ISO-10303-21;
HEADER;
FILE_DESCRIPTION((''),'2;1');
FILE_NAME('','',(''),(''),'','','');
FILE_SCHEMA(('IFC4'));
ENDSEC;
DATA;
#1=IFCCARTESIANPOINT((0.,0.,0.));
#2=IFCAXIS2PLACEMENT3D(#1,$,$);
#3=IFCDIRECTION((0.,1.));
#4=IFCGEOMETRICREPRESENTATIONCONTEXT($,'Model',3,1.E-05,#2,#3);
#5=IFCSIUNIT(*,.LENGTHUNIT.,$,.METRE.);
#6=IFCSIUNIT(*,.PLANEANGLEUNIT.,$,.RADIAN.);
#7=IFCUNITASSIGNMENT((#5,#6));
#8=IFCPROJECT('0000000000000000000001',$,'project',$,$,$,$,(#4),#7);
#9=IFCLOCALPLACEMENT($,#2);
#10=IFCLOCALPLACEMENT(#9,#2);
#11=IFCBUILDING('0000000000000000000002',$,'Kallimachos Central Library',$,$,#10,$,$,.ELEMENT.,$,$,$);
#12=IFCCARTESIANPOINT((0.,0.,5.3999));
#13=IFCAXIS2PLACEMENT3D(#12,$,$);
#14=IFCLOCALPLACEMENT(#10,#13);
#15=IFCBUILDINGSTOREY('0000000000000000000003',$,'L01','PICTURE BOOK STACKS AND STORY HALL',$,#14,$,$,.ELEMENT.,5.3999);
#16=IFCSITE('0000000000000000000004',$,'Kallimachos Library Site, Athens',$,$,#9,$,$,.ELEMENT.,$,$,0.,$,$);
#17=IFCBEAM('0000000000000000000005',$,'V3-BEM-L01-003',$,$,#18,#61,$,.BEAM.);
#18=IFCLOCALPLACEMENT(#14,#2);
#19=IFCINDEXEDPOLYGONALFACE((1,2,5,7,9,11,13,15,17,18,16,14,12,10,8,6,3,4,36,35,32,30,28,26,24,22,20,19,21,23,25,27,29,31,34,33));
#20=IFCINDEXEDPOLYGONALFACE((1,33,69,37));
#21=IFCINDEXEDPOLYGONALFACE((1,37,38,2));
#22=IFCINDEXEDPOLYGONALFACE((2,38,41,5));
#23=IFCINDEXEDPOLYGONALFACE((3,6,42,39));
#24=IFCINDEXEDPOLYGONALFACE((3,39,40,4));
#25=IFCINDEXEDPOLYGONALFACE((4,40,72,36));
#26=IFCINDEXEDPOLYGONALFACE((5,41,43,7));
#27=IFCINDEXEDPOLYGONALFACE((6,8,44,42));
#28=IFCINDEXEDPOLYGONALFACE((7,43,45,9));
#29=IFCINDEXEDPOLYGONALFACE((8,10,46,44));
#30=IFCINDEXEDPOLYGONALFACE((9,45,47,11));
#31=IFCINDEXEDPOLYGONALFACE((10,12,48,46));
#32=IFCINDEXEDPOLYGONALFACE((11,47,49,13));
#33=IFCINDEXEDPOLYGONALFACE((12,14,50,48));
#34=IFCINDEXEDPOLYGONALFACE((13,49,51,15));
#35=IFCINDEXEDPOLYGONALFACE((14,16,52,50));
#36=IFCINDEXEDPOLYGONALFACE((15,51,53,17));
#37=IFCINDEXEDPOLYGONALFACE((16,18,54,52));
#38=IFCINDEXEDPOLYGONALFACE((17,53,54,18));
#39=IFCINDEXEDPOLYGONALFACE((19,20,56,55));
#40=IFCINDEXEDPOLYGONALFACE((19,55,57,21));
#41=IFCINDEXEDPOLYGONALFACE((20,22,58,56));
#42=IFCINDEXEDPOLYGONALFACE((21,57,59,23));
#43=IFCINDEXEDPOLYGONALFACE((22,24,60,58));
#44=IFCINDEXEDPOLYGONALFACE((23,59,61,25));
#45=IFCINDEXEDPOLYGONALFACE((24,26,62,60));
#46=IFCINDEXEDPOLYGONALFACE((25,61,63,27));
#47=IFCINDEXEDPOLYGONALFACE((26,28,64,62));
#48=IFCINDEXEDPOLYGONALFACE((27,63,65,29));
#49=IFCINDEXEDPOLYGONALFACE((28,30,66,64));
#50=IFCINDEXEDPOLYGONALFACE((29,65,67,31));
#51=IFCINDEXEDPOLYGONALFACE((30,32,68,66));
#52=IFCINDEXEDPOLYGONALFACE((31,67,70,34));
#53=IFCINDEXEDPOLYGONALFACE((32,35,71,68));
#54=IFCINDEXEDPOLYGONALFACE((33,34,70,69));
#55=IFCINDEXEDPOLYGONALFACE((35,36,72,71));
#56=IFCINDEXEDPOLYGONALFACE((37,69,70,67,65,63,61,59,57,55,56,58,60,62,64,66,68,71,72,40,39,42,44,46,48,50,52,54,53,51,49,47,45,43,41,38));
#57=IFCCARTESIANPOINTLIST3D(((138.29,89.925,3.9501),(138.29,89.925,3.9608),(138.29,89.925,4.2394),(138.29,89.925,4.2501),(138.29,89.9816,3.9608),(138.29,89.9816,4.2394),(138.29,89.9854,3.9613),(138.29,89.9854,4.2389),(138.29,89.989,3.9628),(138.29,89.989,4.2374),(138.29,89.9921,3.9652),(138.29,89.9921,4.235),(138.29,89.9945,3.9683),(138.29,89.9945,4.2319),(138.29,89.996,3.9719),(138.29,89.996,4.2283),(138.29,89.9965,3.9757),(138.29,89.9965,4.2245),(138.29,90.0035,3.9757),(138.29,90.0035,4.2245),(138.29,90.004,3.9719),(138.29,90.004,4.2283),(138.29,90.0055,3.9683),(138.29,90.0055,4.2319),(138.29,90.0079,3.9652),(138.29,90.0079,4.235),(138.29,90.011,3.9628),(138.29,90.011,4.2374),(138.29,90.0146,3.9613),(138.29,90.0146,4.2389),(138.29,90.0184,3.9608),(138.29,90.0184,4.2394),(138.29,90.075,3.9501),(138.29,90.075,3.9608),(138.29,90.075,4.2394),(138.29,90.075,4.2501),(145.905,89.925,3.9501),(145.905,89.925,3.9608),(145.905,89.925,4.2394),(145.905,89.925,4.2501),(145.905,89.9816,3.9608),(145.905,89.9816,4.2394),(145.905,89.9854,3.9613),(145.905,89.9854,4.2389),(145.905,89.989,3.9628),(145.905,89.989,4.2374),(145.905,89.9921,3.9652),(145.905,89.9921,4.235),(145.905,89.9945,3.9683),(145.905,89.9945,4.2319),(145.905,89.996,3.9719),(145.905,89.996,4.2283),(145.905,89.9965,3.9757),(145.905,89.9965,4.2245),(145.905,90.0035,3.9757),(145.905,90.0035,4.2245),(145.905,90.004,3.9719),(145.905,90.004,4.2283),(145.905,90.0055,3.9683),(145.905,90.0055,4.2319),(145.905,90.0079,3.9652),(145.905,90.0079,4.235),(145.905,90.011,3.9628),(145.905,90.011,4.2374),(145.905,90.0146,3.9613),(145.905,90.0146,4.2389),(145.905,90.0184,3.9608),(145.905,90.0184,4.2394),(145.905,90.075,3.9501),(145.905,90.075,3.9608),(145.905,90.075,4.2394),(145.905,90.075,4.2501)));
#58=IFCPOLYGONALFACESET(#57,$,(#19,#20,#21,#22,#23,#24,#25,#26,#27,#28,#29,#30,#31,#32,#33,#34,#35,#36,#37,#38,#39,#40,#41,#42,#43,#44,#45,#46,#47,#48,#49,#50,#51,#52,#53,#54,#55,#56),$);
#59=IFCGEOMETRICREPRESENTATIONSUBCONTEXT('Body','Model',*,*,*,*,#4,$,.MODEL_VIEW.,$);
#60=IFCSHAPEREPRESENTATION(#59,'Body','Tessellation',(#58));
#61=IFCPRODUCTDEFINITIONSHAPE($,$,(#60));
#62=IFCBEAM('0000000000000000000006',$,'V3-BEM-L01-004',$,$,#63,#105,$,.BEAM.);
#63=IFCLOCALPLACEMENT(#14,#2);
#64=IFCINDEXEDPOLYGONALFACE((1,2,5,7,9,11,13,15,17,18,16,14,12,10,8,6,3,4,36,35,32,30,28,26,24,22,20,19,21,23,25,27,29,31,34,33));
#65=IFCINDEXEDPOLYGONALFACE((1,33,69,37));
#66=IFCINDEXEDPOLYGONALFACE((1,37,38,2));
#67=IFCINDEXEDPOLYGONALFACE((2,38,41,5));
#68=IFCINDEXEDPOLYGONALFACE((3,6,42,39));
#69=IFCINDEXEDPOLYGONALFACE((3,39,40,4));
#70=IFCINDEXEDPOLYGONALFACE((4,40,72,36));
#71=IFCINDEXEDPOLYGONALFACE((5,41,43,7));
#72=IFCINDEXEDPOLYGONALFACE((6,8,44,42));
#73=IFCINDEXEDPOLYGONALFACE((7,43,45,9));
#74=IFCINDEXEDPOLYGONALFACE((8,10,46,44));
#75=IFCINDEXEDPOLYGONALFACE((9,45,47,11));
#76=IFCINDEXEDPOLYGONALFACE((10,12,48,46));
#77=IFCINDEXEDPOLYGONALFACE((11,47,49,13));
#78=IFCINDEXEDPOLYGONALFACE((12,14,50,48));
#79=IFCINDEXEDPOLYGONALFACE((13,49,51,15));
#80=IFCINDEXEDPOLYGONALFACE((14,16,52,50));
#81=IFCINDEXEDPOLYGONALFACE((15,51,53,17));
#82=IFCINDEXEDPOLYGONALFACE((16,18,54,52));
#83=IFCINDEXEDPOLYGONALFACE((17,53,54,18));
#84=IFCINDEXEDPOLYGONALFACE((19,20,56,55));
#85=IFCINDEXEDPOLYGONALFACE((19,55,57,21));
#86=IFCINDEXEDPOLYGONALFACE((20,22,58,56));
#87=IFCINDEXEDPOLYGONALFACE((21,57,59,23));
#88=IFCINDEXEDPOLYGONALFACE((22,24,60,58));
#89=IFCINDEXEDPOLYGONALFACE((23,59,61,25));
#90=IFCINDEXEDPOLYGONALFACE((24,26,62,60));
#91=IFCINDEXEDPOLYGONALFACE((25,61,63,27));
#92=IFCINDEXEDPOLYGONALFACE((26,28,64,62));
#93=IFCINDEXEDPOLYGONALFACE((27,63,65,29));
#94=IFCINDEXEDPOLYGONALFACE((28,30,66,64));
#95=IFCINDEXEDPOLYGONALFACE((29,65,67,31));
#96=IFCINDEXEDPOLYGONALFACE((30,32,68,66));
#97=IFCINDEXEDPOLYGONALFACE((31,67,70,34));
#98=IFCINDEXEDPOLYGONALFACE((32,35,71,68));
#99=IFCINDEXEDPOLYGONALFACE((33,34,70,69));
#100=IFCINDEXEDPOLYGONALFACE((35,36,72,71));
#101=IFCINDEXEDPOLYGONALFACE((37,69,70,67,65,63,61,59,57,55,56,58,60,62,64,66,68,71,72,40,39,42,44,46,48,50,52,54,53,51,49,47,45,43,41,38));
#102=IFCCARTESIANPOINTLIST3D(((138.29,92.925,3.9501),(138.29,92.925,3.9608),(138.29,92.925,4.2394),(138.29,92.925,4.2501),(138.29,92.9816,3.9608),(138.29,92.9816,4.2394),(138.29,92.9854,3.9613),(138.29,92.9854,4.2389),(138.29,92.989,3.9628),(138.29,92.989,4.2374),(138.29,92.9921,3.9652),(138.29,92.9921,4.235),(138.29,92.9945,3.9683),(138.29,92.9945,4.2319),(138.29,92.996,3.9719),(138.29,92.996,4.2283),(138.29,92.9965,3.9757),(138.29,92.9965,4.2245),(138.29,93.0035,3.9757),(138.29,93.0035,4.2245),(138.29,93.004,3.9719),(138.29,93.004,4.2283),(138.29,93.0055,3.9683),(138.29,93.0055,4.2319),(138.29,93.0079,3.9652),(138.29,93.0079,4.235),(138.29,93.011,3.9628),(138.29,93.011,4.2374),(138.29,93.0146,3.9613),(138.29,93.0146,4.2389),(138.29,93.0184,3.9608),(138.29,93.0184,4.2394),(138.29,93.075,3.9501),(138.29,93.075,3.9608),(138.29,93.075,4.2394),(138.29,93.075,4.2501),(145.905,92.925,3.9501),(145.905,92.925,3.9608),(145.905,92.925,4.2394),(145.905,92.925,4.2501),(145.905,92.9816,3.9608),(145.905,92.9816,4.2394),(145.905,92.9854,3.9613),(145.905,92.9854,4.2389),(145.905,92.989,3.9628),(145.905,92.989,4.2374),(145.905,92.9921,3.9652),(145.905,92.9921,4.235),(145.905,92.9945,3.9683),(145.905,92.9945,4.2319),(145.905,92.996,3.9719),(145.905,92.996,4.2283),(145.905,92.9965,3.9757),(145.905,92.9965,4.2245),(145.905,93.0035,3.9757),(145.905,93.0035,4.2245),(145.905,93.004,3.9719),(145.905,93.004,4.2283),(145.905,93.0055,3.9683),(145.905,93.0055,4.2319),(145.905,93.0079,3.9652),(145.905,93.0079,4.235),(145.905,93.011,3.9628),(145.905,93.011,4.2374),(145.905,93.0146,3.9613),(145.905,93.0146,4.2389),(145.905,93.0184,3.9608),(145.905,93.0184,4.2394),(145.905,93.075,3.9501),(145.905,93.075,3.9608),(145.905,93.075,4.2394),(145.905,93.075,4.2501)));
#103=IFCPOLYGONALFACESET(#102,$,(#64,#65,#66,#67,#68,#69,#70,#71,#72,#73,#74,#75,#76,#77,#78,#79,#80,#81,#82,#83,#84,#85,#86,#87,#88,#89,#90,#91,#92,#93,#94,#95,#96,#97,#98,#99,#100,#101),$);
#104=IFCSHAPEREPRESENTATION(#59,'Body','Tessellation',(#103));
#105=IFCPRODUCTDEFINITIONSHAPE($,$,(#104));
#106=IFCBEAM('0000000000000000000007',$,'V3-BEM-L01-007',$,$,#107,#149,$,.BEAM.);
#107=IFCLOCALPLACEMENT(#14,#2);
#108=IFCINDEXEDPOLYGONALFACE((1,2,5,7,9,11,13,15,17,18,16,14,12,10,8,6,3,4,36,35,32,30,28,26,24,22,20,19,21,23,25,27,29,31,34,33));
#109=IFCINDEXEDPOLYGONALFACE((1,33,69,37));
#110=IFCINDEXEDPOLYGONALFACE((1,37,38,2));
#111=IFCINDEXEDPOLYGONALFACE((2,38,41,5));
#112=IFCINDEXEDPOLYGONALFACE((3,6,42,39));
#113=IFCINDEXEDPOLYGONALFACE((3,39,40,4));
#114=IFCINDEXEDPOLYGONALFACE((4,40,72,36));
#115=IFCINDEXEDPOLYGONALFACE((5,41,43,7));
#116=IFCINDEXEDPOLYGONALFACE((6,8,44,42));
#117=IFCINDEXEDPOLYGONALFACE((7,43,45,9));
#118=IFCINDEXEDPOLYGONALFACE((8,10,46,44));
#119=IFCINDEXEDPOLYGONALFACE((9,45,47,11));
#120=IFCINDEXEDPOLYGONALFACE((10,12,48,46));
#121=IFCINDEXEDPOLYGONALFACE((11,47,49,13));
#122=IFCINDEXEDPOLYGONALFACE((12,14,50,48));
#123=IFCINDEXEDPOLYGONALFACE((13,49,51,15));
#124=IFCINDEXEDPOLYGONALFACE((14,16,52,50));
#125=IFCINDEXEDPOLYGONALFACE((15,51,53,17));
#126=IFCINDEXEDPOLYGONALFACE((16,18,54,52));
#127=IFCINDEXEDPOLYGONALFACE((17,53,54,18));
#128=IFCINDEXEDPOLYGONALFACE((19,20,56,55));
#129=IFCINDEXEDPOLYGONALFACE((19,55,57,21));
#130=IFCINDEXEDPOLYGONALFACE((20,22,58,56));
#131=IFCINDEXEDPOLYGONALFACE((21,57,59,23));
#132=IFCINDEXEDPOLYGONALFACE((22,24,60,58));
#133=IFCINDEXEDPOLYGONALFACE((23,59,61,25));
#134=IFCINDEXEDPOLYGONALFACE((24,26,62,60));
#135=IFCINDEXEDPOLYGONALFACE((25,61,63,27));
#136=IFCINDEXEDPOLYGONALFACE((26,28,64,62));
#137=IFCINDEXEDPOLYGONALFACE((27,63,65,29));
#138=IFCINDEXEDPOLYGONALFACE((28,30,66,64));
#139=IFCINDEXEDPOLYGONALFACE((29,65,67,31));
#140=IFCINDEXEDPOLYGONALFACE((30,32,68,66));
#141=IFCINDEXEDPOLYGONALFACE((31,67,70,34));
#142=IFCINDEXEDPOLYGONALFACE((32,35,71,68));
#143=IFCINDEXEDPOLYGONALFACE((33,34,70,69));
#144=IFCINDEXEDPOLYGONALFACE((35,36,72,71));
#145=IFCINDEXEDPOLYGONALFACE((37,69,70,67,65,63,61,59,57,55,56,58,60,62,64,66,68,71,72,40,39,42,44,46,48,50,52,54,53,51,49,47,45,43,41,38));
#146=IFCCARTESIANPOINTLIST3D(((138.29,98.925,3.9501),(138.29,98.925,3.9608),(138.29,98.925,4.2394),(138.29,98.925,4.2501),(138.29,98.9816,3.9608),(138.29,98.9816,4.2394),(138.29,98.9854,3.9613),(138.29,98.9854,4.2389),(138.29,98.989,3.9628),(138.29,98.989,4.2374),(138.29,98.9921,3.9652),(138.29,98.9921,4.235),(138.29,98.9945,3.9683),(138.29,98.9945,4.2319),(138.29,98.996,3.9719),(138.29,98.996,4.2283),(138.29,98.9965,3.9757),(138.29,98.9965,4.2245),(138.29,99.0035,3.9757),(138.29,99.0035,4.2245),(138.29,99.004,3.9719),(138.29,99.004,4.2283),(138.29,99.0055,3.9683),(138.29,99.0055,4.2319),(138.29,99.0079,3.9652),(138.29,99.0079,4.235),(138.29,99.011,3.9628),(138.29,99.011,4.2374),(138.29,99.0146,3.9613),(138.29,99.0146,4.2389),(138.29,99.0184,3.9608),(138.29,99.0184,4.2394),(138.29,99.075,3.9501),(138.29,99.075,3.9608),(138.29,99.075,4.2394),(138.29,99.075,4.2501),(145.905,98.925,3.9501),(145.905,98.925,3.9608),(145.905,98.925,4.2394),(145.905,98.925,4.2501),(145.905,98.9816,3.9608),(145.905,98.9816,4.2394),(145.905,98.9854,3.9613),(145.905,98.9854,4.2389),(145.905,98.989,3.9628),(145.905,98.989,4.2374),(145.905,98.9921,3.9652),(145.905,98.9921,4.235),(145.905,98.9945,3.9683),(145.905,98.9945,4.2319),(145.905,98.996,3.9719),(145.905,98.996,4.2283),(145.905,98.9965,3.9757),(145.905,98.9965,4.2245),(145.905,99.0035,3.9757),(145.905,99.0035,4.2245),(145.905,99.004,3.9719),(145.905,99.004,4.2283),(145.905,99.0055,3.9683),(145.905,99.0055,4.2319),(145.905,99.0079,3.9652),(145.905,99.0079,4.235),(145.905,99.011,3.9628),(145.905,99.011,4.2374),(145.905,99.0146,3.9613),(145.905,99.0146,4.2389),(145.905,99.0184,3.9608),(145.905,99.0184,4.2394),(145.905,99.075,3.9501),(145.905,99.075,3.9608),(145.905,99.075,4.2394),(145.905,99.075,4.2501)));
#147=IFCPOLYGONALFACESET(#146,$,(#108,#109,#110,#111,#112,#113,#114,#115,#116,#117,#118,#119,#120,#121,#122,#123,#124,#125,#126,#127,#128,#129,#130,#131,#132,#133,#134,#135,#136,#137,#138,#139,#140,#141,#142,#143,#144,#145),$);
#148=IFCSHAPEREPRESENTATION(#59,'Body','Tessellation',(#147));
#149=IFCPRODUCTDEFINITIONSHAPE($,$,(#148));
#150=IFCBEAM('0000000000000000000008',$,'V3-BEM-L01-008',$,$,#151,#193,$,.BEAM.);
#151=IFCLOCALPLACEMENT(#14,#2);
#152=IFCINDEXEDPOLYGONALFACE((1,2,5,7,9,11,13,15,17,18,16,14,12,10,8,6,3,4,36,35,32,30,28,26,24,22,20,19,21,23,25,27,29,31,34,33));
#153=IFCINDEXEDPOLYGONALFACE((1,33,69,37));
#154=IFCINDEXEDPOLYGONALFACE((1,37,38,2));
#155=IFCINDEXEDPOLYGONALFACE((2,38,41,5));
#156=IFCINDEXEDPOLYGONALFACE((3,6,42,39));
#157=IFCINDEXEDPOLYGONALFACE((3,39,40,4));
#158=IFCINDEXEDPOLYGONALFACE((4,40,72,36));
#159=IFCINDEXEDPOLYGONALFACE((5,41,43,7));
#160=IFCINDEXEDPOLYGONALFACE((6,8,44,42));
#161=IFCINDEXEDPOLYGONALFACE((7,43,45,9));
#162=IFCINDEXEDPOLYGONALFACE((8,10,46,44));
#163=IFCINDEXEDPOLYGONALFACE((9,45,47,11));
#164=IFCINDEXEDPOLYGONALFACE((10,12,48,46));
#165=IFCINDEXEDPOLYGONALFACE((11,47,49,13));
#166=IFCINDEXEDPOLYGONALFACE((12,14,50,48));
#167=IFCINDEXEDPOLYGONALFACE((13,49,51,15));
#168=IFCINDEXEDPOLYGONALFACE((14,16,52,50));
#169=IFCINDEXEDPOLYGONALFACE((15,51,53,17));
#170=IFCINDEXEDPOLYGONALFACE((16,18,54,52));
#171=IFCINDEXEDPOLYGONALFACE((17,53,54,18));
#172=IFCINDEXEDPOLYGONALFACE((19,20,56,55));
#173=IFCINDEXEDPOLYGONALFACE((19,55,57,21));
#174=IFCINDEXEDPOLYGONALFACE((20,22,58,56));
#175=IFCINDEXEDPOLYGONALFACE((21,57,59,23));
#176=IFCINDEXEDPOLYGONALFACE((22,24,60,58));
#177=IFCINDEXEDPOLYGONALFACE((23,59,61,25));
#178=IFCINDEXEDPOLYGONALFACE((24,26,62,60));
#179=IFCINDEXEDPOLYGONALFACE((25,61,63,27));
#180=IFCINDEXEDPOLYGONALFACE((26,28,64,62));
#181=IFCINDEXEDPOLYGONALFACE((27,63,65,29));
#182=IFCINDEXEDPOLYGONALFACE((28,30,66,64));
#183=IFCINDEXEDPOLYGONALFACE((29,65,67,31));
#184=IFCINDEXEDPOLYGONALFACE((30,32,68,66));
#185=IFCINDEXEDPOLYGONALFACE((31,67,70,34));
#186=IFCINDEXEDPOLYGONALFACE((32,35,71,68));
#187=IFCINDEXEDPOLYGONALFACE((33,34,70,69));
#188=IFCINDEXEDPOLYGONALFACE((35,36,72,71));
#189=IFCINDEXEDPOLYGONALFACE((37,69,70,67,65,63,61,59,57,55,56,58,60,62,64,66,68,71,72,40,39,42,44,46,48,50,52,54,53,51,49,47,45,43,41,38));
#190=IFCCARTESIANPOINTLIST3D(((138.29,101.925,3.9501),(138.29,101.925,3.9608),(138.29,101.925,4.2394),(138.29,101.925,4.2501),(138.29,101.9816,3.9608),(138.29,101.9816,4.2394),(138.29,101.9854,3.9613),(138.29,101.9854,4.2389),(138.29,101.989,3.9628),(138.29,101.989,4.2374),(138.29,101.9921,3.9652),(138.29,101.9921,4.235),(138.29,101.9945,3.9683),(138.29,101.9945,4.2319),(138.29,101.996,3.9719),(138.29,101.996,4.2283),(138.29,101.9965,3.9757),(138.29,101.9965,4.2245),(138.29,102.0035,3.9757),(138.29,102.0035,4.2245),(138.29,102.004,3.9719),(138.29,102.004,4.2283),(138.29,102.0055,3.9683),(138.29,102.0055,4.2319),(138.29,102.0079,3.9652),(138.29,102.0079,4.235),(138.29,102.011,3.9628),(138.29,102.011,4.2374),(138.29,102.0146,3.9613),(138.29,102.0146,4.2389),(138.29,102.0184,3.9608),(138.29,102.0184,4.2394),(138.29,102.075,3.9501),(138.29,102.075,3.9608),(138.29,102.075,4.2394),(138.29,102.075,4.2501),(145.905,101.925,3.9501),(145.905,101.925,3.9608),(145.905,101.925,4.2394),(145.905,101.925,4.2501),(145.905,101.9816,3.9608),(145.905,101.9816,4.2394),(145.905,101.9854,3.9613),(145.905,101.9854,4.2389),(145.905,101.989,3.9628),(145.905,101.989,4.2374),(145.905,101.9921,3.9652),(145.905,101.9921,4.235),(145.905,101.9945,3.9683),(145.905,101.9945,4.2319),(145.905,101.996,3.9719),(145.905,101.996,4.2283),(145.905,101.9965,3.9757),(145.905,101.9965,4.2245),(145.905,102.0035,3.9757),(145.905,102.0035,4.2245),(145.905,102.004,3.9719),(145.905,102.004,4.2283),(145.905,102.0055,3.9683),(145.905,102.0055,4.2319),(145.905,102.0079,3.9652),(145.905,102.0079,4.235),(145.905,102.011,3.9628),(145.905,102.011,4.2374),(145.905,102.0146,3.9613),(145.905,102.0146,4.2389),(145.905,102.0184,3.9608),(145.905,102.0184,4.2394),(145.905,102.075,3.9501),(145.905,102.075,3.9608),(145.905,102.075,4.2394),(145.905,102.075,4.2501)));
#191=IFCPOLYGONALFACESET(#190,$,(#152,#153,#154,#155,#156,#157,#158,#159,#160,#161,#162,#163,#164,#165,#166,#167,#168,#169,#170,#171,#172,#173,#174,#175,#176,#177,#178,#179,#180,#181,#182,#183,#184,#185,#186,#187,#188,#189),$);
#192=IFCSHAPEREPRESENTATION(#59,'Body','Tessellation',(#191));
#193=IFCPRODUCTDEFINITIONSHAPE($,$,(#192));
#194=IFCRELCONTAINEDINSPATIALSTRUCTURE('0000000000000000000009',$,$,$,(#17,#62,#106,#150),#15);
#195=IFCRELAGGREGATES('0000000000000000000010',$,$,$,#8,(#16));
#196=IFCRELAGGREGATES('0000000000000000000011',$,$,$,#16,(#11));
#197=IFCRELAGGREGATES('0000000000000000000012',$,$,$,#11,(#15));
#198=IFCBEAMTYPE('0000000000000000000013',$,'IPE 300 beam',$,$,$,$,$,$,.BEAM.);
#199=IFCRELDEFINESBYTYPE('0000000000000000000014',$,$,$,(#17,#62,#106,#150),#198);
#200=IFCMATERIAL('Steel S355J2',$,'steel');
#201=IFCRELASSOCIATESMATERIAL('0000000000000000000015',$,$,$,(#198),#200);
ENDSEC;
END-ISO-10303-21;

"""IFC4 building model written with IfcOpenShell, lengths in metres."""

from ifc_helpers import new_model, si_unit, direction, frame, origin, origin_2d, place, context, subcontext, project, spatial, i_section, extrude, material, material_profile, profile_set, type_object, element, save


model = new_model("IFC4")

# Units and contexts
model_context = context("Model", 3, precision=1e-05, world=origin(), true_north=direction((0.0, 1.0)))
body_context = subcontext(model_context, "Body", "Model", "MODEL_VIEW")
ifc_project = project(units=[si_unit("LENGTHUNIT", "METRE"), si_unit("PLANEANGLEUNIT", "RADIAN")], contexts=[model_context])

# Site, building, storey
site_placement = place(None, origin())
site = spatial("IfcSite", under=ifc_project, at=site_placement, Name="Kallimachos Library Site, Athens", CompositionType="ELEMENT", RefElevation=0.0)
building_placement = place(site_placement, origin())
building = spatial("IfcBuilding", under=site, at=building_placement, Name="Kallimachos Central Library", CompositionType="ELEMENT")
storey_placement = place(building_placement, frame((0.0, 0.0, 5.3999)))
storey = spatial("IfcBuildingStorey", under=building, at=storey_placement, Name="L01", Description="PICTURE BOOK STACKS AND STORY HALL", CompositionType="ELEMENT", Elevation=5.3999)

# Beams
ifc_material_1 = material(Name="Steel S355J2", Category="steel")
ifc_material_profile_1 = material_profile(ifc_material_1, i_section(OverallWidth=0.1499, OverallDepth=0.3, WebThickness=0.0071, FlangeThickness=0.0107, FilletRadius=0.0149, at=origin_2d()), Name="IPE 300")
ifc_profile_set_1 = profile_set([ifc_material_profile_1], Name="Steel S355J2")
beam_type_1 = type_object("IfcBeamType", Name="IPE 300 beam", PredefinedType="BEAM", material=ifc_profile_set_1)
for number, where, z_axis, x_axis, name in (
    (1, (138.29, 90.0, 4.1001), (1.0, 0.0, 0.0), (0.0, 1.0, 0.0), "V3-BEM-L01-003"),
    (2, (138.29, 93.0, 4.1001), (1.0, 0.0, 0.0), (0.0, 1.0, 0.0), "V3-BEM-L01-004"),
    (3, (138.29, 99.0, 4.1001), (1.0, 0.0, 0.0), (0.0, 1.0, 0.0), "V3-BEM-L01-007"),
    (4, (138.29, 102.0, 4.1001), (1.0, 0.0, 0.0), (0.0, 1.0, 0.0), "V3-BEM-L01-008"),
):
    element("IfcBeam", number, at=place(storey_placement, frame(where, z_axis=z_axis, x_axis=x_axis)), inside=storey, type_object=beam_type_1, Name=name, PredefinedType="BEAM", context=body_context, shape_type="SweptSolid", body=[
        extrude(i_section(OverallWidth=0.1499, OverallDepth=0.3, WebThickness=0.0071, FlangeThickness=0.0107, FilletRadius=0.0149, at=origin_2d()), origin(), (0.0, 0.0, 1.0), 7.615),
    ])

save(model, "model.ifc")
